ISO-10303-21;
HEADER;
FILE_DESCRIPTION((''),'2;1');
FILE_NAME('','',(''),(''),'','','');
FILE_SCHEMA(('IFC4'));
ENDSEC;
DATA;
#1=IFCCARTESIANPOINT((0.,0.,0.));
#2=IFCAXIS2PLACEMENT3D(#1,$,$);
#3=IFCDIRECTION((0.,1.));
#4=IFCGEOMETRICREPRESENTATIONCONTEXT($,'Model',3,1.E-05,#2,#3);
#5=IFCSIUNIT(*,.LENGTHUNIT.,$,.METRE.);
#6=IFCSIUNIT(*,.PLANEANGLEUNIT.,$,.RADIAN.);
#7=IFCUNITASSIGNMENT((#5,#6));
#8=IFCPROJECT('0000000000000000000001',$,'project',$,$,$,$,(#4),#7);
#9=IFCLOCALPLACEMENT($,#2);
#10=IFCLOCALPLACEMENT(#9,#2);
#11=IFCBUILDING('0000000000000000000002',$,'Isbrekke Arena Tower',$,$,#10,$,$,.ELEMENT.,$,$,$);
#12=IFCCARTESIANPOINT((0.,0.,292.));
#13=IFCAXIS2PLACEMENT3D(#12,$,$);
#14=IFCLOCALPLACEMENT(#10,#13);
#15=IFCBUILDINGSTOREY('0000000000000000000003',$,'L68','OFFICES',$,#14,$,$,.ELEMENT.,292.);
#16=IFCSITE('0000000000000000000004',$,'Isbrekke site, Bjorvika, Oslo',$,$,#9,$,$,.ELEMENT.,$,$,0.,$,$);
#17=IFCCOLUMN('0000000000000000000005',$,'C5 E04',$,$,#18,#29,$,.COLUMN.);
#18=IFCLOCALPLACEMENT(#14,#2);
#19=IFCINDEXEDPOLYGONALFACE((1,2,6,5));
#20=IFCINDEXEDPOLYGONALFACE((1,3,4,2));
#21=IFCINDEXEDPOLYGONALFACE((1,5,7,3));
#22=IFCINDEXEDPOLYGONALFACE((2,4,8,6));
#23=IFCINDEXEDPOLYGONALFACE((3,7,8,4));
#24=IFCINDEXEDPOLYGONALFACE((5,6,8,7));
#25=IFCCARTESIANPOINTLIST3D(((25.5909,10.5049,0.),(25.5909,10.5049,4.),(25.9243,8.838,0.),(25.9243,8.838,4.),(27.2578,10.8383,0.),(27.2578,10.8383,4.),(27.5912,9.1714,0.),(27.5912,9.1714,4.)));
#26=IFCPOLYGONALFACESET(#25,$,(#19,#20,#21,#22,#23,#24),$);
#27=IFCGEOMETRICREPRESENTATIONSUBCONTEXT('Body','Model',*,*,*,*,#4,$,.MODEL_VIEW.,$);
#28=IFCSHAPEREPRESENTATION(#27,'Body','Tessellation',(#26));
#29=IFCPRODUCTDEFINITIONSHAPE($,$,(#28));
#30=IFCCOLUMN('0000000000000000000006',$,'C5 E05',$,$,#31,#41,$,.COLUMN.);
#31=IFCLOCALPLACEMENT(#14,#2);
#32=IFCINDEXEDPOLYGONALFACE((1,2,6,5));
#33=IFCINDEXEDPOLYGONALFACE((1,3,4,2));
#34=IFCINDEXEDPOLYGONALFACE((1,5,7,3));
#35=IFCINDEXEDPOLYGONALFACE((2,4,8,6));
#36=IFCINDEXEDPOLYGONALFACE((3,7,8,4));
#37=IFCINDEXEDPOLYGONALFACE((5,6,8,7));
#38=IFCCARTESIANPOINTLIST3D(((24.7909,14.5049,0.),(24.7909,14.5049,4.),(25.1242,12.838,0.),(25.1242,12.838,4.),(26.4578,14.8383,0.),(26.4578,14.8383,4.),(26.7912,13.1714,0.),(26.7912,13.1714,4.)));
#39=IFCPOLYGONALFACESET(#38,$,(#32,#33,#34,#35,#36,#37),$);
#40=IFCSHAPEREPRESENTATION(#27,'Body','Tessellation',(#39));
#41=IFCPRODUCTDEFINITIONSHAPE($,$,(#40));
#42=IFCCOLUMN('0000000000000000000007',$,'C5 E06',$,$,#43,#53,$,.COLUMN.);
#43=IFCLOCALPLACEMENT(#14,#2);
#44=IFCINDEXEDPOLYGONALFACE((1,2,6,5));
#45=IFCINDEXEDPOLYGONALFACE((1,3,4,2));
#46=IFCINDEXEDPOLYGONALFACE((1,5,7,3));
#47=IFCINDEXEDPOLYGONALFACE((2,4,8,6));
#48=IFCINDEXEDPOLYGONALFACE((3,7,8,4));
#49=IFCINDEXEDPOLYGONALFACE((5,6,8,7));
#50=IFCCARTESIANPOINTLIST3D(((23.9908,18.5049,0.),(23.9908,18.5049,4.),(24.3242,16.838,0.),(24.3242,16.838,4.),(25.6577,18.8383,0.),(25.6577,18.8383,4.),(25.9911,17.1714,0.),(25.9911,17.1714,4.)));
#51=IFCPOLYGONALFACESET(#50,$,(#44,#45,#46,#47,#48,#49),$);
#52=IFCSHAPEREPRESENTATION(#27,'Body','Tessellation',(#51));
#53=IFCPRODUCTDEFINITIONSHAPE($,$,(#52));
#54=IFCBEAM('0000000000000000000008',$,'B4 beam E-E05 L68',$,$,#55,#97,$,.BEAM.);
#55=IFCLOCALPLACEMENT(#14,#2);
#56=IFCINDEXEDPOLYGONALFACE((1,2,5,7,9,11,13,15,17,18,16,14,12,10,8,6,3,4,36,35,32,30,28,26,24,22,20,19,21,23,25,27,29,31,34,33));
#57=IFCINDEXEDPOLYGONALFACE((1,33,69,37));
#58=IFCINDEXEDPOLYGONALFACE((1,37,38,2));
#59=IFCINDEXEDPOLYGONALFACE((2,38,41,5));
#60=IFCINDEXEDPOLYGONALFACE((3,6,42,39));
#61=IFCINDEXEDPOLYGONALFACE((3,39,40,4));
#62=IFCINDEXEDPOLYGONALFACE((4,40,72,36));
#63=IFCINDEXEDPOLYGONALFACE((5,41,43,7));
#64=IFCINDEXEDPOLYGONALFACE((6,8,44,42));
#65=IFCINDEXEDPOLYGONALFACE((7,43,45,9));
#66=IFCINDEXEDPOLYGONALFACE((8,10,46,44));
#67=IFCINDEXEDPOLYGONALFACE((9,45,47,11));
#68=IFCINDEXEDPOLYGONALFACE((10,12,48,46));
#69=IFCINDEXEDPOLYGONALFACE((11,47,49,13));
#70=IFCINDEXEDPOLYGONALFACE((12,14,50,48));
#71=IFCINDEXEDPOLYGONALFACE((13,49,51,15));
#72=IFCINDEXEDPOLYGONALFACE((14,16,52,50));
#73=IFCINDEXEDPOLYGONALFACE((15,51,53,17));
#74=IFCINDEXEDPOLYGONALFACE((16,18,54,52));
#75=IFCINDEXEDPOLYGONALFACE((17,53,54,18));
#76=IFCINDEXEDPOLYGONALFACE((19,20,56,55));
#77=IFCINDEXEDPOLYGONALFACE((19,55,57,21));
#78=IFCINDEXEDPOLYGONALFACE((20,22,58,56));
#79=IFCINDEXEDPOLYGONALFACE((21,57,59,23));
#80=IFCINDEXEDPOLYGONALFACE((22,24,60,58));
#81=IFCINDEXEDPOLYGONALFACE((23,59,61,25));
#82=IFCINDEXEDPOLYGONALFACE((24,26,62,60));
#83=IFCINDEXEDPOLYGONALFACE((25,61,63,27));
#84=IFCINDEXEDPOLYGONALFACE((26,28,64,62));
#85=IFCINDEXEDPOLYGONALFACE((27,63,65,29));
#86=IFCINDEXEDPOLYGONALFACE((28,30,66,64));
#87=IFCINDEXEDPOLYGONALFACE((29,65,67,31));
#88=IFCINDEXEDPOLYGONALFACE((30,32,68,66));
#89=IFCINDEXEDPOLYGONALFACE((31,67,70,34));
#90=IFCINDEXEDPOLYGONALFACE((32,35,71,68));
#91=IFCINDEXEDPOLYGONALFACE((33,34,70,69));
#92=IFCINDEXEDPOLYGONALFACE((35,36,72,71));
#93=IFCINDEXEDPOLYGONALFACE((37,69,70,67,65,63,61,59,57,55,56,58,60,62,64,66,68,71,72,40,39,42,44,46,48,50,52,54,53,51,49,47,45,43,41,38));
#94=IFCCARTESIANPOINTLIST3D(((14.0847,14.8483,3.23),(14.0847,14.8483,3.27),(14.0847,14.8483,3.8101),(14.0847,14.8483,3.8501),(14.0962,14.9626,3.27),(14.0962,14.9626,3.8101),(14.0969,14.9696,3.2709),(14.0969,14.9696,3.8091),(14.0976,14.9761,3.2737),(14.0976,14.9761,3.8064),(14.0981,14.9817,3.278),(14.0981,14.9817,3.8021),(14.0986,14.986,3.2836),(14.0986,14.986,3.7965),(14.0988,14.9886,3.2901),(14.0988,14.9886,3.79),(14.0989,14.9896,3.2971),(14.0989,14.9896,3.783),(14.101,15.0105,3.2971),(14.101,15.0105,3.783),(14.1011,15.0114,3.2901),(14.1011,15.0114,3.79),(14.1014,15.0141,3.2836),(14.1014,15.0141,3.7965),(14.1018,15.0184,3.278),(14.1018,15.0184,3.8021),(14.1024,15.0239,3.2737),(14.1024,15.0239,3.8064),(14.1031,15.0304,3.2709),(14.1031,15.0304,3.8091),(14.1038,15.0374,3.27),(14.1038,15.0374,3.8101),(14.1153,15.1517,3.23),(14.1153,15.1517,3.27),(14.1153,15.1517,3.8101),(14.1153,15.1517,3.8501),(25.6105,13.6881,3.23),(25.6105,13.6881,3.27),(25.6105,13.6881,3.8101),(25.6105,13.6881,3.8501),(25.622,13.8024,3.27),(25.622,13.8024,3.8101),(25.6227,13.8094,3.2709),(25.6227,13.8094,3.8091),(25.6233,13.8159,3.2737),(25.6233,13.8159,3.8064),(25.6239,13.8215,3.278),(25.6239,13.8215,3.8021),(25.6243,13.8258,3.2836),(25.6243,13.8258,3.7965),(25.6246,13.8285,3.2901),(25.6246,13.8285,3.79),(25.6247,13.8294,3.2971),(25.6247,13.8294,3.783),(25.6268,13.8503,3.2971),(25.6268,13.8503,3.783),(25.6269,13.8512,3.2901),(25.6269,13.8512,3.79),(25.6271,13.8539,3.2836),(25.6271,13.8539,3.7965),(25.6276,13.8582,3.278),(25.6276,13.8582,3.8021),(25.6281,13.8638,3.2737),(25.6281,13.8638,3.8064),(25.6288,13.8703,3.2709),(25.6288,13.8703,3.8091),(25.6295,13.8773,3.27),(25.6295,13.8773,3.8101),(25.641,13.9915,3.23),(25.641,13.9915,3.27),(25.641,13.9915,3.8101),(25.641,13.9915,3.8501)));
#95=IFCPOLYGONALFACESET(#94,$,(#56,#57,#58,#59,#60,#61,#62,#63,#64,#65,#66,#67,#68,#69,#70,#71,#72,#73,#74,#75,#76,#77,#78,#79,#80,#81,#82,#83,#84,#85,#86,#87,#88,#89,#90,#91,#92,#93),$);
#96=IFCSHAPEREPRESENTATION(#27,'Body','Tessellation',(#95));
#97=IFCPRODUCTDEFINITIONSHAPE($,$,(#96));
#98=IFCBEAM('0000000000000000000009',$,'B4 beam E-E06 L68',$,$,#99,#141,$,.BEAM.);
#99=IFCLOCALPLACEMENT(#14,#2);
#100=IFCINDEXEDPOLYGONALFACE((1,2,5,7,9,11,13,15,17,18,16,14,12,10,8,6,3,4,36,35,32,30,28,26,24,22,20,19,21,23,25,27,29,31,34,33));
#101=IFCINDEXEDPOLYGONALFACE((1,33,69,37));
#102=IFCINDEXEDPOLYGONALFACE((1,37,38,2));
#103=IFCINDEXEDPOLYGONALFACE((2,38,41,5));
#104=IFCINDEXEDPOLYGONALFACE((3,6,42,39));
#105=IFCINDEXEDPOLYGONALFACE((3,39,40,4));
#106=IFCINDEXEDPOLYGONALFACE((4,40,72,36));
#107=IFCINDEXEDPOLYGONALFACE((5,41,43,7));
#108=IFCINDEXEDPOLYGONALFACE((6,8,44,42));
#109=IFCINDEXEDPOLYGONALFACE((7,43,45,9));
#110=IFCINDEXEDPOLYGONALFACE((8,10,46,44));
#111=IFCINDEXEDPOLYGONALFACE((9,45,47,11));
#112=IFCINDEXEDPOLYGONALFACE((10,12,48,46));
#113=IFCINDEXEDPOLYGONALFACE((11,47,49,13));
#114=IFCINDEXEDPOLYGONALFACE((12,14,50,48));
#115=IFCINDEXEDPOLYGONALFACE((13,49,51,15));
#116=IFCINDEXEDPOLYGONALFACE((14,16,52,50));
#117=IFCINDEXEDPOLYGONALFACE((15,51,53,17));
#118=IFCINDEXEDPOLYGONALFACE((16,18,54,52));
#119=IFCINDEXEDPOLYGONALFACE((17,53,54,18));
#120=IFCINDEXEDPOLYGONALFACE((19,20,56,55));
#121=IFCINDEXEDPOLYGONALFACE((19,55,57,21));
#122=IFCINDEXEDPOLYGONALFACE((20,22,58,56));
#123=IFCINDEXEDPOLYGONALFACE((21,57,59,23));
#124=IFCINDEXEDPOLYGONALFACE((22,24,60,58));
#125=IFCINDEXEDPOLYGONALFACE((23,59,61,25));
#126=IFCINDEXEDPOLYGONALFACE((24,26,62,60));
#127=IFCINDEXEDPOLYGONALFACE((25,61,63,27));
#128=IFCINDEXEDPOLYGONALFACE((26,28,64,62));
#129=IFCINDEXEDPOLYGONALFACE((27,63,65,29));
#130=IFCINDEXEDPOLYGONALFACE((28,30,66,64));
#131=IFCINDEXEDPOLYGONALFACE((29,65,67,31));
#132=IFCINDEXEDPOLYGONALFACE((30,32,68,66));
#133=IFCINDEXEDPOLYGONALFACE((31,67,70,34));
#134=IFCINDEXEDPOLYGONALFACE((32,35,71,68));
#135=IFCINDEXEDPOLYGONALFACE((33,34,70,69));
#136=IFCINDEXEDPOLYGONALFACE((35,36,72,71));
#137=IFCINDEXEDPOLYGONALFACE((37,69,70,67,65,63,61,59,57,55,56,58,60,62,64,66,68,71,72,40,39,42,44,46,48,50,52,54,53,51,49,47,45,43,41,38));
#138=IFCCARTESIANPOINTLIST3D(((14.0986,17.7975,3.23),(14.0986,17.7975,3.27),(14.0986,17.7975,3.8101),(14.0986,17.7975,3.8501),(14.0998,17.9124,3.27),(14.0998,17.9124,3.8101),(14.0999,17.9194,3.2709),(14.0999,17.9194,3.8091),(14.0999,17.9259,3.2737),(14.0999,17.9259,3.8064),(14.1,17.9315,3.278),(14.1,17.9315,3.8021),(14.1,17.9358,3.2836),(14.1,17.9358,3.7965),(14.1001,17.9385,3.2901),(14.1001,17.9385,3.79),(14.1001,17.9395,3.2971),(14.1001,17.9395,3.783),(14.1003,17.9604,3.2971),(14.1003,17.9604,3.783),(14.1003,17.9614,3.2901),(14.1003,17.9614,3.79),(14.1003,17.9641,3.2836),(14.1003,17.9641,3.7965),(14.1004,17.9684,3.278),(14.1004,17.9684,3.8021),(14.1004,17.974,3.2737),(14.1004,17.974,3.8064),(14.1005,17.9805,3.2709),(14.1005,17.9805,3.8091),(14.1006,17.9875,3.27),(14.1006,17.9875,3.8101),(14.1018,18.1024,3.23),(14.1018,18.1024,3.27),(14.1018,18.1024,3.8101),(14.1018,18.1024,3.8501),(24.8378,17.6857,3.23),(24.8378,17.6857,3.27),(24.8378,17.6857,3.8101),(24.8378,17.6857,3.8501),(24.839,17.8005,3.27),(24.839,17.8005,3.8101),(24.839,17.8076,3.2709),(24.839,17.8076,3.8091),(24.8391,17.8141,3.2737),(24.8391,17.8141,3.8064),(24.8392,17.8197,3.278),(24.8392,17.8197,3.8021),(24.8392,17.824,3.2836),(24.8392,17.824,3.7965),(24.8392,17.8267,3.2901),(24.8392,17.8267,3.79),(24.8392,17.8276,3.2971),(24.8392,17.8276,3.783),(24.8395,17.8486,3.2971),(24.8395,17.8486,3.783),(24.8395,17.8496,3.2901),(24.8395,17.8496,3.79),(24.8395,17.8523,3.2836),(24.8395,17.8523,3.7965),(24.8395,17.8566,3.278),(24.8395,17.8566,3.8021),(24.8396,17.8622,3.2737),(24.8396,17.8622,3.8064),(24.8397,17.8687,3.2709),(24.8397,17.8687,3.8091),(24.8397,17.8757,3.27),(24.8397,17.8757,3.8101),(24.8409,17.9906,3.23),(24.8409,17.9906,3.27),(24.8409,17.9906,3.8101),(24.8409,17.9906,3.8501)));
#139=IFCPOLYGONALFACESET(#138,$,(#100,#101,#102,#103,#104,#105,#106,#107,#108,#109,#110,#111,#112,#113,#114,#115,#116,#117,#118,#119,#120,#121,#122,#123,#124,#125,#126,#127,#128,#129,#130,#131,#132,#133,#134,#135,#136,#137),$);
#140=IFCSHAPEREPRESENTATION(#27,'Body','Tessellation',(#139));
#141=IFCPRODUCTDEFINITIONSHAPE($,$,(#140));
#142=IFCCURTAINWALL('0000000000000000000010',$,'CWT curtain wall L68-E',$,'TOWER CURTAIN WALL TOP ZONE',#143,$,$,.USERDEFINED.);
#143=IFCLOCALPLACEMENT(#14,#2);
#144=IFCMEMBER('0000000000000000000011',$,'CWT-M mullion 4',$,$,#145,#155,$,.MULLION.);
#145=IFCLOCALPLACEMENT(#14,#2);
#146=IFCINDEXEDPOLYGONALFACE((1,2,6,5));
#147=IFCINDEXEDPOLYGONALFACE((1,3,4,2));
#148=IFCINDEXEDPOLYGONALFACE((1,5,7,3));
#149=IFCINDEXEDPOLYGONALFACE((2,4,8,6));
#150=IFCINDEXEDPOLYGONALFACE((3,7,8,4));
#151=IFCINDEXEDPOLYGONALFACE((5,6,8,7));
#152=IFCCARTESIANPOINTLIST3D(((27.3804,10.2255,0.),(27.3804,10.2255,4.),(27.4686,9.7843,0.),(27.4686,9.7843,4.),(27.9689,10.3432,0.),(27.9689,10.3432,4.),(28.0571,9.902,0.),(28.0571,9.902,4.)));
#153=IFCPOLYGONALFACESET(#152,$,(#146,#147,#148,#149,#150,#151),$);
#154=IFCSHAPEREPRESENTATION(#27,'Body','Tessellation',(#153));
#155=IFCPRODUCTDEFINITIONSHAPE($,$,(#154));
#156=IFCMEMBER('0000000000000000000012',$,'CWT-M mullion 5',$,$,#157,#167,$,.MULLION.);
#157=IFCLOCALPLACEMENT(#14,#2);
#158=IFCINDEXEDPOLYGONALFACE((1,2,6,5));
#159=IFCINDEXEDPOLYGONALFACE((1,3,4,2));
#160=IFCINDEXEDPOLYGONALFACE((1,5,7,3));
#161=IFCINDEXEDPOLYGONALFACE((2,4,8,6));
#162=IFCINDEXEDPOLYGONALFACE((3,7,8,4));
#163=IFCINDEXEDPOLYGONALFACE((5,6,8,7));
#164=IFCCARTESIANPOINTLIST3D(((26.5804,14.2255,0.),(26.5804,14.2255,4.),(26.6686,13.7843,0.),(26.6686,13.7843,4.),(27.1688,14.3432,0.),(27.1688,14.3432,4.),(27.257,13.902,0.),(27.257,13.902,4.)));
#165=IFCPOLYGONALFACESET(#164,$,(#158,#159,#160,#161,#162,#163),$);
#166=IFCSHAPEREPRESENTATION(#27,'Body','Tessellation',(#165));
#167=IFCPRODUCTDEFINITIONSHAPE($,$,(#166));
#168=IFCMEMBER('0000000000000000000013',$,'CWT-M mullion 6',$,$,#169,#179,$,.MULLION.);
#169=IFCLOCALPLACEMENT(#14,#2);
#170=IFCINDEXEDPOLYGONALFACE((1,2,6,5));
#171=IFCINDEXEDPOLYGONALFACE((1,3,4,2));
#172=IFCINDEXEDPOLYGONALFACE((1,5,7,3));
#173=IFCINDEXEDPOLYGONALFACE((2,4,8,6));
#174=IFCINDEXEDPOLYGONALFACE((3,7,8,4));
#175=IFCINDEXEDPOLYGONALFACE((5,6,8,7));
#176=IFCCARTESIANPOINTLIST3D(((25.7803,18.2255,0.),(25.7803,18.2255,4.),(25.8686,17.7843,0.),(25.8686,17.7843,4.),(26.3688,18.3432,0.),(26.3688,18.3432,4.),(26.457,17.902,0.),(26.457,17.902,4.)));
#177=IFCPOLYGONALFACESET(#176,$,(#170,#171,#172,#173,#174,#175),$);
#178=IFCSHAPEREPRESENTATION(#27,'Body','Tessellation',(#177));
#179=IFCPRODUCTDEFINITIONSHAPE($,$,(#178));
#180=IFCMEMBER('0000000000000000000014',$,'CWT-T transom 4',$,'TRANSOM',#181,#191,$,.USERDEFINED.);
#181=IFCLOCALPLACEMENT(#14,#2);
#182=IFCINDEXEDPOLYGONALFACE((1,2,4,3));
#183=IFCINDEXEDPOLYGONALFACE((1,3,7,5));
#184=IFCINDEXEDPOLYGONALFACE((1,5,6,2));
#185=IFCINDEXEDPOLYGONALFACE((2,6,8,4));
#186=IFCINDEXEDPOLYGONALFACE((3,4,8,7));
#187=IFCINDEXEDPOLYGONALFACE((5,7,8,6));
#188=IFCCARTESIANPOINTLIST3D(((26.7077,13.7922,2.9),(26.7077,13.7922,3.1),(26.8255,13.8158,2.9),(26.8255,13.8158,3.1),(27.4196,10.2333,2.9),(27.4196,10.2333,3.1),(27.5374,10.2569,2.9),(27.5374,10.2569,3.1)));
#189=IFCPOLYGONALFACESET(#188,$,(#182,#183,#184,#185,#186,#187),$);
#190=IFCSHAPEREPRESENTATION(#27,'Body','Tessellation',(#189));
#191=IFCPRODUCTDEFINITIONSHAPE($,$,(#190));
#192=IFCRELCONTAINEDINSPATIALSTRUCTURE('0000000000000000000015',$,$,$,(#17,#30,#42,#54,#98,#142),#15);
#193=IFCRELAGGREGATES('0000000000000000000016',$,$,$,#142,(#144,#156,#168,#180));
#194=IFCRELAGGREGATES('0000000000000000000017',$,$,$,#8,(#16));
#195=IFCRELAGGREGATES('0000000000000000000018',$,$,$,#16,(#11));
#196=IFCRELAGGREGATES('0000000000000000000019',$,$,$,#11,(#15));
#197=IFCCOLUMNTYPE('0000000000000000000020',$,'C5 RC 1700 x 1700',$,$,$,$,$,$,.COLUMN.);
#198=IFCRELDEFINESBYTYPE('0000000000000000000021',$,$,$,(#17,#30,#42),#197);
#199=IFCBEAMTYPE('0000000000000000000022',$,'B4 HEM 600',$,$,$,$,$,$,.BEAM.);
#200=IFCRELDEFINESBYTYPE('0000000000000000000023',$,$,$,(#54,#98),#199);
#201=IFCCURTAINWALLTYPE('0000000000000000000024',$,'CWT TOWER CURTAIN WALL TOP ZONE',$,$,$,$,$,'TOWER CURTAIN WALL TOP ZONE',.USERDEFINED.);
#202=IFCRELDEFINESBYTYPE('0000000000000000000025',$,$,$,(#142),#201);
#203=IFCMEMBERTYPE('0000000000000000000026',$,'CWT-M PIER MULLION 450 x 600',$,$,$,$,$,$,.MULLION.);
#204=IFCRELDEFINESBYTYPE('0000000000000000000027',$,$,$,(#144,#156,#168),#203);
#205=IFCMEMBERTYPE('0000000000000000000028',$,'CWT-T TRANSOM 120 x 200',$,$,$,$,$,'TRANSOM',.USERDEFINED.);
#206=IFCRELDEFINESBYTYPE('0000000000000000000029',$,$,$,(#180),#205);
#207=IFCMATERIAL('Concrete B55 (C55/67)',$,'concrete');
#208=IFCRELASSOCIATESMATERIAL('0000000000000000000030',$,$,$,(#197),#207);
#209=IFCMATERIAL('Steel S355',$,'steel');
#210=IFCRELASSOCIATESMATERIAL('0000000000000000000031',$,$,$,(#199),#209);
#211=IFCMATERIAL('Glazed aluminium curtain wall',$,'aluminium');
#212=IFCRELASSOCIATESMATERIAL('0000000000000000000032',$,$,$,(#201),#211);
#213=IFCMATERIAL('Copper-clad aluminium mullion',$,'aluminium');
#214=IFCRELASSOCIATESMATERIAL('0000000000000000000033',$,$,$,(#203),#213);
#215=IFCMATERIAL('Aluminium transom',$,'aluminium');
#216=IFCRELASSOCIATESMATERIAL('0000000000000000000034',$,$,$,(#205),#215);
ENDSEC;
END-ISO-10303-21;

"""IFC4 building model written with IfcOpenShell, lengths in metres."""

from ifc_helpers import new_model, si_unit, direction, frame, origin, origin_2d, place, context, subcontext, project, spatial, rectangle, i_section, extrude, material, material_profile, profile_set, type_object, element, aggregate, save


model = new_model("IFC4")

# Units and contexts
model_context = context("Model", 3, precision=1e-05, world=origin(), true_north=direction((0.0, 1.0)))
body_context = subcontext(model_context, "Body", "Model", "MODEL_VIEW")
ifc_project = project(units=[si_unit("LENGTHUNIT", "METRE"), si_unit("PLANEANGLEUNIT", "RADIAN")], contexts=[model_context])

# Site, building, storey
site_placement = place(None, origin())
site = spatial("IfcSite", under=ifc_project, at=site_placement, Name="Isbrekke site, Bjorvika, Oslo", CompositionType="ELEMENT", RefElevation=0.0)
building_placement = place(site_placement, origin())
building = spatial("IfcBuilding", under=site, at=building_placement, Name="Isbrekke Arena Tower", CompositionType="ELEMENT")
storey_placement = place(building_placement, frame((0.0, 0.0, 292.0)))
storey = spatial("IfcBuildingStorey", under=building, at=storey_placement, Name="L68", Description="OFFICES", CompositionType="ELEMENT", Elevation=292.0)

# Columns
ifc_material_1 = material(Name="Concrete B55 (C55/67)", Category="concrete")
ifc_material_profile_1 = material_profile(ifc_material_1, rectangle(XDim=1.7, YDim=1.7, at=origin_2d()), Name="RC 1700x1700")
ifc_profile_set_1 = profile_set([ifc_material_profile_1], Name="Concrete B55 (C55/67)")
column_type = type_object("IfcColumnType", Name="C5 RC 1700 x 1700", PredefinedType="COLUMN", material=ifc_profile_set_1)
for number, where, z_axis, x_axis, name in (
    (1, (26.5911, 9.8381, 0.0), (0.0, 0.0, 1.0), (-0.196116, 0.980581, 0.0), "C5 E04"),
    (2, (25.791, 13.8381, 0.0), (0.0, 0.0, 1.0), (-0.196116, 0.980581, 0.0), "C5 E05"),
    (3, (24.991, 17.8381, 0.0), (0.0, 0.0, 1.0), (-0.196116, 0.980581, 0.0), "C5 E06"),
):
    element("IfcColumn", number, at=place(storey_placement, frame(where, z_axis=z_axis, x_axis=x_axis)), inside=storey, type_object=column_type, Name=name, PredefinedType="COLUMN", context=body_context, shape_type="SweptSolid", body=[
        extrude(rectangle(XDim=1.7, YDim=1.7, at=origin_2d()), origin(), (0.0, 0.0, 1.0), 4.0),
    ])

# Beams
ifc_material_2 = material(Name="Steel S355", Category="steel")
ifc_material_profile_2 = material_profile(ifc_material_2, i_section(OverallWidth=0.3049, OverallDepth=0.6201, WebThickness=0.021, FlangeThickness=0.04, FilletRadius=0.0271, at=origin_2d()), Name="HEM 600")
ifc_profile_set_2 = profile_set([ifc_material_profile_2], Name="Steel S355")
beam_type_1 = type_object("IfcBeamType", Name="B4 HEM 600", PredefinedType="BEAM", material=ifc_profile_set_2)
beam_1_placement = place(storey_placement, frame((25.6257, 13.8398, 3.54), z_axis=(-0.994972, 0.100153, 0.0), x_axis=(-0.100153, -0.994972, 0.0)))
element("IfcBeam", 4, at=beam_1_placement, inside=storey, type_object=beam_type_1, Name="B4 beam E-E05 L68", PredefinedType="BEAM", context=body_context, shape_type="SweptSolid", body=[
    extrude(i_section(OverallWidth=0.3049, OverallDepth=0.6201, WebThickness=0.021, FlangeThickness=0.04, FilletRadius=0.0271, at=origin_2d()), origin(), (0.0, 0.0, 1.0), 11.584),
])
beam_2_placement = place(storey_placement, frame((24.8394, 17.8381, 3.54), z_axis=(-0.999946, 0.010411, 0.0), x_axis=(-0.010411, -0.999946, 0.0)))
element("IfcBeam", 5, at=beam_2_placement, inside=storey, type_object=beam_type_1, Name="B4 beam E-E06 L68", PredefinedType="BEAM", context=body_context, shape_type="SweptSolid", body=[
    extrude(i_section(OverallWidth=0.3049, OverallDepth=0.6201, WebThickness=0.021, FlangeThickness=0.04, FilletRadius=0.0271, at=origin_2d()), origin(), (0.0, 0.0, 1.0), 10.7397),
])

# Curtain wall, members
ifc_material_3 = material(Name="Glazed aluminium curtain wall", Category="aluminium")
curtain_wall_type = type_object("IfcCurtainWallType", Name="CWT TOWER CURTAIN WALL TOP ZONE", ElementType="TOWER CURTAIN WALL TOP ZONE", PredefinedType="USERDEFINED", material=ifc_material_3)
curtain_wall_placement = place(storey_placement, origin())
curtain_wall = element("IfcCurtainWall", 6, at=curtain_wall_placement, inside=storey, type_object=curtain_wall_type, Name="CWT curtain wall L68-E", ObjectType="TOWER CURTAIN WALL TOP ZONE", PredefinedType="USERDEFINED")
ifc_material_4 = material(Name="Copper-clad aluminium mullion", Category="aluminium")
ifc_material_profile_3 = material_profile(ifc_material_4, rectangle(XDim=0.45, YDim=0.6001, at=origin_2d()), Name="PIER 450X600")
ifc_profile_set_3 = profile_set([ifc_material_profile_3], Name="Copper-clad aluminium mullion")
member_type_1 = type_object("IfcMemberType", Name="CWT-M PIER MULLION 450 x 600", PredefinedType="MULLION", material=ifc_profile_set_3)
member_1_placement = place(storey_placement, frame((27.7188, 10.0637, 0.0), z_axis=(0.0, 0.0, 1.0), x_axis=(-0.196116, 0.980581, 0.0)))
member_1 = element("IfcMember", 7, at=member_1_placement, type_object=member_type_1, Name="CWT-M mullion 4", PredefinedType="MULLION", context=body_context, shape_type="SweptSolid", body=[
    extrude(rectangle(XDim=0.45, YDim=0.6001, at=origin_2d()), origin(), (0.0, 0.0, 1.0), 4.0),
])
member_2_placement = place(storey_placement, frame((26.9187, 14.0637, 0.0), z_axis=(0.0, 0.0, 1.0), x_axis=(-0.196116, 0.980581, 0.0)))
member_2 = element("IfcMember", 8, at=member_2_placement, type_object=member_type_1, Name="CWT-M mullion 5", PredefinedType="MULLION", context=body_context, shape_type="SweptSolid", body=[
    extrude(rectangle(XDim=0.45, YDim=0.6001, at=origin_2d()), origin(), (0.0, 0.0, 1.0), 4.0),
])
member_3_placement = place(storey_placement, frame((26.1187, 18.0637, 0.0), z_axis=(0.0, 0.0, 1.0), x_axis=(-0.196116, 0.980581, 0.0)))
member_3 = element("IfcMember", 9, at=member_3_placement, type_object=member_type_1, Name="CWT-M mullion 6", PredefinedType="MULLION", context=body_context, shape_type="SweptSolid", body=[
    extrude(rectangle(XDim=0.45, YDim=0.6001, at=origin_2d()), origin(), (0.0, 0.0, 1.0), 4.0),
])
ifc_material_5 = material(Name="Aluminium transom", Category="aluminium")
ifc_material_profile_4 = material_profile(ifc_material_5, rectangle(XDim=0.1201, YDim=0.2, at=origin_2d()), Name="TRANSOM 120X200")
ifc_profile_set_4 = profile_set([ifc_material_profile_4], Name="Aluminium transom")
member_type_2 = type_object("IfcMemberType", Name="CWT-T TRANSOM 120 x 200", ElementType="TRANSOM", PredefinedType="USERDEFINED", material=ifc_profile_set_4)
member_4_placement = place(storey_placement, frame((27.4785, 10.2451, 3.0), z_axis=(-0.196155, 0.980573, 0.0), x_axis=(-0.980573, -0.196155, 0.0)))
member_4 = element("IfcMember", 10, at=member_4_placement, type_object=member_type_2, Name="CWT-T transom 4", ObjectType="TRANSOM", PredefinedType="USERDEFINED", context=body_context, shape_type="SweptSolid", body=[
    extrude(rectangle(XDim=0.1201, YDim=0.2, at=origin_2d()), origin(), (0.0, 0.0, 1.0), 3.6294),
])

aggregate(curtain_wall, [member_1, member_2, member_3, member_4])

save(model, "model.ifc")
